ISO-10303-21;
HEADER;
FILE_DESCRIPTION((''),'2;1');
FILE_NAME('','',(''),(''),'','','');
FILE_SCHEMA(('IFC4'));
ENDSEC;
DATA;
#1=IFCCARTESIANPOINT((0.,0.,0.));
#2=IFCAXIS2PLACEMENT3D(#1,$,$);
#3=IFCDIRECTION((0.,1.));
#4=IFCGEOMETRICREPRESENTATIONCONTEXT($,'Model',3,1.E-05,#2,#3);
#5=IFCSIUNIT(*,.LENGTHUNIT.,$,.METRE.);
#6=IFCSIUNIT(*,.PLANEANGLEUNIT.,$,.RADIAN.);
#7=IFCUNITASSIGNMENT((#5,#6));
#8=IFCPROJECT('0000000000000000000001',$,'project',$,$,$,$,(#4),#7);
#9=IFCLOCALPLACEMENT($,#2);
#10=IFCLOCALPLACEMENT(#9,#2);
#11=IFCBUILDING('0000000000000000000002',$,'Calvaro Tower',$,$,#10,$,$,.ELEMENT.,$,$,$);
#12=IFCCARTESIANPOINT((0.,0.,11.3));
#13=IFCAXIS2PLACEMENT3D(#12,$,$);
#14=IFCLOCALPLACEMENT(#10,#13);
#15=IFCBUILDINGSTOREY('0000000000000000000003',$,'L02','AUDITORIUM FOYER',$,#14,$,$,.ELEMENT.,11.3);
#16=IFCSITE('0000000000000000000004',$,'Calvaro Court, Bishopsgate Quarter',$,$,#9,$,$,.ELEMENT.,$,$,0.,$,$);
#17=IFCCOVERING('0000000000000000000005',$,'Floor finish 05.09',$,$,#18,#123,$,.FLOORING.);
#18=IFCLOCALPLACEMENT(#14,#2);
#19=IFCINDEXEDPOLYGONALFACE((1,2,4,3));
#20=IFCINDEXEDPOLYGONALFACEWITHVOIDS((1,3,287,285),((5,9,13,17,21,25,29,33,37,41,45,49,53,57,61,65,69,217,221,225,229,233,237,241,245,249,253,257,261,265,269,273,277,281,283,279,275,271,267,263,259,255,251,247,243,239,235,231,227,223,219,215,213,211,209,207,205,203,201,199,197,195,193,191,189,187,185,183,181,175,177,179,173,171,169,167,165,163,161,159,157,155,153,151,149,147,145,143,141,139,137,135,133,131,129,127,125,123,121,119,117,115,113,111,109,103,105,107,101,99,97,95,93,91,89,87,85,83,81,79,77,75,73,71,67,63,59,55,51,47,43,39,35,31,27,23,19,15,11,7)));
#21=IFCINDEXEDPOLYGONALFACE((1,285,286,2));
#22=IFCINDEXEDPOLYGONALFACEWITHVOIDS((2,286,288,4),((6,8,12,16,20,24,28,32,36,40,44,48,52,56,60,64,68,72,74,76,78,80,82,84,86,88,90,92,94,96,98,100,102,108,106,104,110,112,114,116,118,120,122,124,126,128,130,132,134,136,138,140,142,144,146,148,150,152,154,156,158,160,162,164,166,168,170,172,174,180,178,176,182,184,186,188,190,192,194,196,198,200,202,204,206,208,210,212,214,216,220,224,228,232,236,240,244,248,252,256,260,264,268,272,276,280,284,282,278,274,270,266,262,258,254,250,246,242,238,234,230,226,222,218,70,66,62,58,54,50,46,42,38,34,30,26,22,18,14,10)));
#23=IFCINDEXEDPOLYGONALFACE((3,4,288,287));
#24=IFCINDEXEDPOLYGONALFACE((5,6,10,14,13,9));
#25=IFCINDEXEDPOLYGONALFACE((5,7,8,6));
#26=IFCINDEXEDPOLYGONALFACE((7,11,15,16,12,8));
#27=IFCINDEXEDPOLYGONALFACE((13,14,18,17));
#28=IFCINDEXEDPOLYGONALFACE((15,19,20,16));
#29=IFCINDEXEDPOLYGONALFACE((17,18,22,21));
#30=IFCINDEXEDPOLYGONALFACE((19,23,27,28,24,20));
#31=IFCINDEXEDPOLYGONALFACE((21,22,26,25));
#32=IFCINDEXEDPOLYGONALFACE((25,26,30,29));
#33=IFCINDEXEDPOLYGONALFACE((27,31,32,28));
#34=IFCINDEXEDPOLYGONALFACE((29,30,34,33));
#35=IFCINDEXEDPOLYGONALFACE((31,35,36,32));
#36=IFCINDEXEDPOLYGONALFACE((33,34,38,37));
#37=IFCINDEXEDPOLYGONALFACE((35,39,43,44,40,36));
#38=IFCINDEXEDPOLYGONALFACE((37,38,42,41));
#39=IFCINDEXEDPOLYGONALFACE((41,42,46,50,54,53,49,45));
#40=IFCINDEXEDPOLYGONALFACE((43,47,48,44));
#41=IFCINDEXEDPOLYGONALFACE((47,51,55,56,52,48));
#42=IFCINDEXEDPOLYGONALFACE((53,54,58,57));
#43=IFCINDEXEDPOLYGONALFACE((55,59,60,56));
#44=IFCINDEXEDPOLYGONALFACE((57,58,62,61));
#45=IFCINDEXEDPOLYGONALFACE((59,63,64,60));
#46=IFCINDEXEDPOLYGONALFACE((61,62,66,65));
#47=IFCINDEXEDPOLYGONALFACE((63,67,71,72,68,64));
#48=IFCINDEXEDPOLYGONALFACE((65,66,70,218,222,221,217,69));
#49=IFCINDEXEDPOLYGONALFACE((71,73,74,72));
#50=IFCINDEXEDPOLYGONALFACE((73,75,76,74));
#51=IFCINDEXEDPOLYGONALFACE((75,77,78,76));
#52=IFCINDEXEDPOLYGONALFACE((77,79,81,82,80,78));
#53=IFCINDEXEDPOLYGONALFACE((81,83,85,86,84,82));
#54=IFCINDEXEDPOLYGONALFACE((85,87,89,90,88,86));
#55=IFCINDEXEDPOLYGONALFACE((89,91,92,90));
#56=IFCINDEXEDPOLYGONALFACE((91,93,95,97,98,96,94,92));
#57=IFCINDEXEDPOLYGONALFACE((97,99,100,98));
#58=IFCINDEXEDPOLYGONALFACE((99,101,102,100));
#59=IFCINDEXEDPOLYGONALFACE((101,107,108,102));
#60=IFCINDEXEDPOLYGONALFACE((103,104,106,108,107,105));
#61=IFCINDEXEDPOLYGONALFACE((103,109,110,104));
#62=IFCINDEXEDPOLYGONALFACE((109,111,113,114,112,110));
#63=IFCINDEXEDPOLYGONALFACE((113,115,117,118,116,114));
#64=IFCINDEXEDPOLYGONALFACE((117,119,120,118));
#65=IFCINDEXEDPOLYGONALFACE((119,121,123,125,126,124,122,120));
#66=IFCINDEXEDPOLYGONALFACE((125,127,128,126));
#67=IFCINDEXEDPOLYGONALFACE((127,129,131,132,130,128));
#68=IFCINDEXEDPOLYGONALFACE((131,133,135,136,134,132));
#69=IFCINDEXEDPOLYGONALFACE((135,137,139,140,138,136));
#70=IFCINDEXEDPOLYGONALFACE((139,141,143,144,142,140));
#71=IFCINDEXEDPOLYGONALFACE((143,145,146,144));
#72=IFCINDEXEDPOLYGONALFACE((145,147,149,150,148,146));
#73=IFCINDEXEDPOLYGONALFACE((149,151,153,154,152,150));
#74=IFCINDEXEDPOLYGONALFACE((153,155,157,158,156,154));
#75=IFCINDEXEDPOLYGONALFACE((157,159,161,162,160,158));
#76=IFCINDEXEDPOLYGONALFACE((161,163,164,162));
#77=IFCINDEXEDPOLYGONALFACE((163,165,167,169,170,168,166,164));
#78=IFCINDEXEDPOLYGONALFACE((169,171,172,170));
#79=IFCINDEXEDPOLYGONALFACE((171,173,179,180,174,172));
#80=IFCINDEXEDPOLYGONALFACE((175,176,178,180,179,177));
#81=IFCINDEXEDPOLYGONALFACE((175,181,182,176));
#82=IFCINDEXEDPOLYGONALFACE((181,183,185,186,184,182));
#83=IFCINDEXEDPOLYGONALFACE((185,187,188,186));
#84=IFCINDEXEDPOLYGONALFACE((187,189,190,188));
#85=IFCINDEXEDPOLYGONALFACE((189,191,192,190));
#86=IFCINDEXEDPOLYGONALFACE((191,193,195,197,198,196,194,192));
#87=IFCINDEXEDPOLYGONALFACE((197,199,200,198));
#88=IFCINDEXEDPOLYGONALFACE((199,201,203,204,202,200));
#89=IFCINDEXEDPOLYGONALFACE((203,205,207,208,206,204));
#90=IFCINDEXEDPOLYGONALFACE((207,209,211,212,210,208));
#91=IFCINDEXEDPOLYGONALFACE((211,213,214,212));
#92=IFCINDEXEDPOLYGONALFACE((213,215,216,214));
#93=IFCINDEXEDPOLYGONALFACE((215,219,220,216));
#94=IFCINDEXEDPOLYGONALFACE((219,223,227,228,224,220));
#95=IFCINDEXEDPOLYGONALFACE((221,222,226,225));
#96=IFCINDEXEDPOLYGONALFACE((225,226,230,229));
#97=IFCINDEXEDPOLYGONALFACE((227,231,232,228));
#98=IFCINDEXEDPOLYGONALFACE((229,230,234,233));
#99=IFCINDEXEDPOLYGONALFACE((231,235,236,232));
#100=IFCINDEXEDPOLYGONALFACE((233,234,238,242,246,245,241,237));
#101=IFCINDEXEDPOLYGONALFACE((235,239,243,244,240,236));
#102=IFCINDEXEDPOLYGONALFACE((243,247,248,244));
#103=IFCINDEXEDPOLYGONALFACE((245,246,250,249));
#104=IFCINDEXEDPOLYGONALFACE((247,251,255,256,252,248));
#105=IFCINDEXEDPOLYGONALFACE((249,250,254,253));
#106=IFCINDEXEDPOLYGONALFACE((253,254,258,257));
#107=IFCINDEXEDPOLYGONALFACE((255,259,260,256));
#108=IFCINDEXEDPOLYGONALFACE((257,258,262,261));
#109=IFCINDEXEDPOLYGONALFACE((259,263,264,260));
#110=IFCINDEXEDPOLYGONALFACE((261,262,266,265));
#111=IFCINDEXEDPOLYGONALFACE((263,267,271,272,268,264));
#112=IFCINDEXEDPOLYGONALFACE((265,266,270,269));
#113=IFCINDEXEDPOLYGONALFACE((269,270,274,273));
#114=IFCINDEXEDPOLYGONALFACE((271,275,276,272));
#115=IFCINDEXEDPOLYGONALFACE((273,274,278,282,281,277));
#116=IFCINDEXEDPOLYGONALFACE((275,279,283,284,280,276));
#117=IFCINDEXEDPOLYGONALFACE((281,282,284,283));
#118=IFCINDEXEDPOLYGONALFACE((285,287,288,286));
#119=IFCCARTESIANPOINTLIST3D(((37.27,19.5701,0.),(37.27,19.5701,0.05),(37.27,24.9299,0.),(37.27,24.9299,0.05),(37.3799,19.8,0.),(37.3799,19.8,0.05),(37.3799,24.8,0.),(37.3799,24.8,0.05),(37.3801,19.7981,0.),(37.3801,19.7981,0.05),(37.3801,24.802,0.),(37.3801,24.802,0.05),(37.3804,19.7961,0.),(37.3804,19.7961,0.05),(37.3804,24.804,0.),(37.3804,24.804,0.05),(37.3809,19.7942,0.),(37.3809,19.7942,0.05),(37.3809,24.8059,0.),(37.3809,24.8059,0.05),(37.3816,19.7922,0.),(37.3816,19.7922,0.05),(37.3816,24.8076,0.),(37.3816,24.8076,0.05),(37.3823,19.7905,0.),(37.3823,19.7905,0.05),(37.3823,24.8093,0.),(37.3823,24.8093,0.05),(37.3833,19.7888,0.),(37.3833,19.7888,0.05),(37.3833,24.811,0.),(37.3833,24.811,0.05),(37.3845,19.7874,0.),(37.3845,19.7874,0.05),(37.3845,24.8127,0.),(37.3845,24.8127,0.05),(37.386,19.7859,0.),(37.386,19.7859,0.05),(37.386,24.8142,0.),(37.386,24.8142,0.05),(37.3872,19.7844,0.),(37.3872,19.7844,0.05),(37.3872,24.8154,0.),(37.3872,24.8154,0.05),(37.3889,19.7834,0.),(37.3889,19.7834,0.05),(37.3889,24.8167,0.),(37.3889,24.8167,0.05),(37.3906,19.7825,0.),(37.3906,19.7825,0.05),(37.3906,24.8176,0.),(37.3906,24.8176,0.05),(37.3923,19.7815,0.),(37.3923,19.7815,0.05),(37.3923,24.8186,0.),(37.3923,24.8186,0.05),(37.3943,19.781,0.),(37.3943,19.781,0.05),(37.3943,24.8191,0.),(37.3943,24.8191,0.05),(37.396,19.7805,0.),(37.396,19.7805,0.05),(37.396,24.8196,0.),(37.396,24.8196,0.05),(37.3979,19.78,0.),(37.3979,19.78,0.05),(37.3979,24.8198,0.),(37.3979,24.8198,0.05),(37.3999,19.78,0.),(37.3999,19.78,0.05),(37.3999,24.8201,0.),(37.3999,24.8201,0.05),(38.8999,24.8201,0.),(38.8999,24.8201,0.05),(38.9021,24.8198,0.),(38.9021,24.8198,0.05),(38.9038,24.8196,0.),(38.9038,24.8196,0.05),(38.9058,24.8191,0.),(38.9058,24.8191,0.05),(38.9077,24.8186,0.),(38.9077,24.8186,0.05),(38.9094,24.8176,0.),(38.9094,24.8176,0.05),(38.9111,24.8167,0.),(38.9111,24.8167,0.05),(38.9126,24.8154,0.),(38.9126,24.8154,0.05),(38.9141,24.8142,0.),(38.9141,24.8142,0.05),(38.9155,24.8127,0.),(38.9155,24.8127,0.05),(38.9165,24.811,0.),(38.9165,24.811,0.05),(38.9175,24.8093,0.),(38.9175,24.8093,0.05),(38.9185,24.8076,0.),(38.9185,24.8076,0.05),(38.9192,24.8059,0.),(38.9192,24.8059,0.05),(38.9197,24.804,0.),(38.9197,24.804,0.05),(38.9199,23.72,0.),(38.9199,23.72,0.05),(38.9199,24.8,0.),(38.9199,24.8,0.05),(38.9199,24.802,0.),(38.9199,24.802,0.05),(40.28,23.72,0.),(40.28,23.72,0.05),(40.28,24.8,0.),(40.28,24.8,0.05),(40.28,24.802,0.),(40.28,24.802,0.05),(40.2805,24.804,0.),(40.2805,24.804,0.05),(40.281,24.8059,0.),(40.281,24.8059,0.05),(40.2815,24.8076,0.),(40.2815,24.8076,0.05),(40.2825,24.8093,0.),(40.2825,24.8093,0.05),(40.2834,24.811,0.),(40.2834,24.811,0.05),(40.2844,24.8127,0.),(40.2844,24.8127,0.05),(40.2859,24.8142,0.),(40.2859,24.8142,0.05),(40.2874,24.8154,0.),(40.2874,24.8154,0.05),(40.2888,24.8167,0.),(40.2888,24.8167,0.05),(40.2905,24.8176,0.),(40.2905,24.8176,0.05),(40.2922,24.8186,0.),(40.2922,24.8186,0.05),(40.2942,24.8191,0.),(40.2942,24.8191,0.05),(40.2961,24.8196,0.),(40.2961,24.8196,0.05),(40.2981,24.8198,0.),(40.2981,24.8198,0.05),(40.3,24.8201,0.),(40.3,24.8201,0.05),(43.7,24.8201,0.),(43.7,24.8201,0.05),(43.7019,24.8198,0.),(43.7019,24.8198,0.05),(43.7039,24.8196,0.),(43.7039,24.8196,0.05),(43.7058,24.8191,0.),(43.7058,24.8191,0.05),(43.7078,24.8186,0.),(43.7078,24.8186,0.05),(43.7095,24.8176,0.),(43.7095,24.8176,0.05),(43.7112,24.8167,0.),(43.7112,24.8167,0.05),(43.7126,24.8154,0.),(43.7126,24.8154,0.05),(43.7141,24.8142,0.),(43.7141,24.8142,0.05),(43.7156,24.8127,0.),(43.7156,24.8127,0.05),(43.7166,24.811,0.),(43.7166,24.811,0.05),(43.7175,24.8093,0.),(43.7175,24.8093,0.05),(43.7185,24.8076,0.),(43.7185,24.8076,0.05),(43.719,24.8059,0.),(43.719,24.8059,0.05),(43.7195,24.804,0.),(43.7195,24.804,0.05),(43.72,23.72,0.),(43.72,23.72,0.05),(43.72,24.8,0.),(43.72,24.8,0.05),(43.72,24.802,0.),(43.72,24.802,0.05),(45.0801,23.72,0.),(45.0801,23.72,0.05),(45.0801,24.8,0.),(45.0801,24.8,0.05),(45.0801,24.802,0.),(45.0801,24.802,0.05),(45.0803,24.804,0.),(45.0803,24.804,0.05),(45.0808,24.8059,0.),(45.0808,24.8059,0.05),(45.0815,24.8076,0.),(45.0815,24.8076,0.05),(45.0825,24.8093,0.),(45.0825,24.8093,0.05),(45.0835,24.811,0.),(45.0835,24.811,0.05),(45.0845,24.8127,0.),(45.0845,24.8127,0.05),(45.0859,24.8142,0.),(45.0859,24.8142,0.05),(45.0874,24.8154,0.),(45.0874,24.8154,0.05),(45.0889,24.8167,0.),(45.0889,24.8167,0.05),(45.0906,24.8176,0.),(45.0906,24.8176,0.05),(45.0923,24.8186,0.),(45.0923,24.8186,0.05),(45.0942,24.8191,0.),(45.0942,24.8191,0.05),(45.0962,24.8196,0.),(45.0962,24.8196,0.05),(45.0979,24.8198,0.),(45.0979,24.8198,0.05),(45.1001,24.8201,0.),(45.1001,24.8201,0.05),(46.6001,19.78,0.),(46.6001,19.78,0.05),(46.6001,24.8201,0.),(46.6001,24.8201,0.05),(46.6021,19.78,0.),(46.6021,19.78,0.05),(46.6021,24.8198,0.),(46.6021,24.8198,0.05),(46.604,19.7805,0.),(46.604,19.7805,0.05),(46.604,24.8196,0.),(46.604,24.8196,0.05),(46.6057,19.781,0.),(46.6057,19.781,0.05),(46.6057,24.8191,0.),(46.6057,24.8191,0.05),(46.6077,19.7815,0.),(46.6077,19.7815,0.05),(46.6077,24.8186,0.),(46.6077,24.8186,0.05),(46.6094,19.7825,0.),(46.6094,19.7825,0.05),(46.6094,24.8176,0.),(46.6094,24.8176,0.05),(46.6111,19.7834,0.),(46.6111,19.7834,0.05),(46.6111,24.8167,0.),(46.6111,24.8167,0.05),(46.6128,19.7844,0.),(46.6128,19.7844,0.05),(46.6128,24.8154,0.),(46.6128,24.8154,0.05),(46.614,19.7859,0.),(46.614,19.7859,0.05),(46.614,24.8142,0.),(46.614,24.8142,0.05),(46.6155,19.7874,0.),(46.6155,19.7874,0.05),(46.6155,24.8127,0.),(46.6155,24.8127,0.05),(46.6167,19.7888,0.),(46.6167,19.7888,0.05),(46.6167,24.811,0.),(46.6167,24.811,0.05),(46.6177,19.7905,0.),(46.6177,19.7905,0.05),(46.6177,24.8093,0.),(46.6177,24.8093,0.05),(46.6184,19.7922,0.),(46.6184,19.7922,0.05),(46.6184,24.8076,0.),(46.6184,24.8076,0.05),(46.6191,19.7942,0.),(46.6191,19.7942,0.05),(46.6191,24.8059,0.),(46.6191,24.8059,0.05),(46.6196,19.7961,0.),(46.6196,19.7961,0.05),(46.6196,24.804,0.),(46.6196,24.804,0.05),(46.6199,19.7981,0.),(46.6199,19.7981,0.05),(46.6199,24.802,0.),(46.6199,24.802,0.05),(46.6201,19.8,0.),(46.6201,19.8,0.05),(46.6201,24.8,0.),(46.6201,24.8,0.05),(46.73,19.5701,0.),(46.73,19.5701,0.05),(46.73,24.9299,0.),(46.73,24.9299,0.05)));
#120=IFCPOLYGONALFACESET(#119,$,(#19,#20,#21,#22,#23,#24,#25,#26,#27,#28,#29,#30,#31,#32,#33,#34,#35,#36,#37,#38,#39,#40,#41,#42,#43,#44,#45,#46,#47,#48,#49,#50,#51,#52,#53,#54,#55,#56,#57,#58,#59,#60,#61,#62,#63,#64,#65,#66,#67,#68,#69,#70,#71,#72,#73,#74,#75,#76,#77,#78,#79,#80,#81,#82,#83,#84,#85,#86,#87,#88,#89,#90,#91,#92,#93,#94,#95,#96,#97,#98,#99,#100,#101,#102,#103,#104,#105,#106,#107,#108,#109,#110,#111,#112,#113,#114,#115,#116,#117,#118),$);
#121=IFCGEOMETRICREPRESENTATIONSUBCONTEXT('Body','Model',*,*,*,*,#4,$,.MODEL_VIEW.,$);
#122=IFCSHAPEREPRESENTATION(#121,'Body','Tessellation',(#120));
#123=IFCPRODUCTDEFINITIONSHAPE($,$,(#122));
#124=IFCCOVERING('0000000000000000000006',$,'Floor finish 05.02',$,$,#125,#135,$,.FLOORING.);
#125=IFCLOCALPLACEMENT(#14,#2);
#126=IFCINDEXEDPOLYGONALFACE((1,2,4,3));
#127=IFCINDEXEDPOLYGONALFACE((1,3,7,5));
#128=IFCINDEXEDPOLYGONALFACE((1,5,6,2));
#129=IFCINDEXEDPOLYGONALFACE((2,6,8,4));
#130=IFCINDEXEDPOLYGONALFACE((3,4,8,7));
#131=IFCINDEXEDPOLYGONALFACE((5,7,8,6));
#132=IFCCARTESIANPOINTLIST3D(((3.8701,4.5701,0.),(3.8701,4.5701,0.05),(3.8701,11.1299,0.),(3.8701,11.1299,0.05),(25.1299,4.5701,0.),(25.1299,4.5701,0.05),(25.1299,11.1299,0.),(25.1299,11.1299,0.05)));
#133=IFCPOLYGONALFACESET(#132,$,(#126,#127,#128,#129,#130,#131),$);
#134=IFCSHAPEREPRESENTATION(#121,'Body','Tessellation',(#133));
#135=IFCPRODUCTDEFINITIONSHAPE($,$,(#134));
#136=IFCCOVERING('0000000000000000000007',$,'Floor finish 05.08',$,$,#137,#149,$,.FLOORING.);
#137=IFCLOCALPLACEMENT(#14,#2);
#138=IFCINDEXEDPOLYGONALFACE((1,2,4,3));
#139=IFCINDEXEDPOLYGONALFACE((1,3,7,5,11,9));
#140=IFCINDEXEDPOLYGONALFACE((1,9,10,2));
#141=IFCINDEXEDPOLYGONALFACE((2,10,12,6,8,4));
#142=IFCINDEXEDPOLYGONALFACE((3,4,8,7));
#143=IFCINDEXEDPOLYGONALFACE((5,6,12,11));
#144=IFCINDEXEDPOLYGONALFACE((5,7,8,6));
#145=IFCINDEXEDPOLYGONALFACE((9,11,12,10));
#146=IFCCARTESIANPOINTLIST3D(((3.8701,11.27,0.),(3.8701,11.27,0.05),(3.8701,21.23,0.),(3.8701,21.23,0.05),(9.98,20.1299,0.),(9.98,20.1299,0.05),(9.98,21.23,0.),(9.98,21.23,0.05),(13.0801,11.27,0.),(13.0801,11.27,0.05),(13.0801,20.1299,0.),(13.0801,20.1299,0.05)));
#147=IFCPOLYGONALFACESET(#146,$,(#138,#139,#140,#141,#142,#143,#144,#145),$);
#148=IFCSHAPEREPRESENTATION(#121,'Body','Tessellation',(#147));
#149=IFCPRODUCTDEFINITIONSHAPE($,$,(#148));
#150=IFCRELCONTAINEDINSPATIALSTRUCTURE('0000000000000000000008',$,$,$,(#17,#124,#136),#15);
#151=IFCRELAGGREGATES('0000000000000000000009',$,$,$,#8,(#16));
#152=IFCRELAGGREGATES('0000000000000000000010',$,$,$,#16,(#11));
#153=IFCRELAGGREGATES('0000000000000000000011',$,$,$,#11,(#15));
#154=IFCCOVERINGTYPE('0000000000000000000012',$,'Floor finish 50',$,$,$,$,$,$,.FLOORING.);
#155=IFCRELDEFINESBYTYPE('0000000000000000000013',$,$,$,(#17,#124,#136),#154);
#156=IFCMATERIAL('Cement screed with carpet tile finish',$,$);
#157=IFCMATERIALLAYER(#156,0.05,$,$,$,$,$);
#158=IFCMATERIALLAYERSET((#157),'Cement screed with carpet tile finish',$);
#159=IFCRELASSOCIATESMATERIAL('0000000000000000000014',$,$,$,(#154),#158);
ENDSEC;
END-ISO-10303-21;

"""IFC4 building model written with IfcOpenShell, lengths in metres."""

from ifc_helpers import new_model, si_unit, direction, frame, origin, place, context, subcontext, project, spatial, polyline, outline, extrude, material, layer, layer_set, type_object, element, save


model = new_model("IFC4")

# Units and contexts
model_context = context("Model", 3, precision=1e-05, world=origin(), true_north=direction((0.0, 1.0)))
body_context = subcontext(model_context, "Body", "Model", "MODEL_VIEW")
ifc_project = project(units=[si_unit("LENGTHUNIT", "METRE"), si_unit("PLANEANGLEUNIT", "RADIAN")], contexts=[model_context])

# Site, building, storey
site_placement = place(None, origin())
site = spatial("IfcSite", under=ifc_project, at=site_placement, Name="Calvaro Court, Bishopsgate Quarter", CompositionType="ELEMENT", RefElevation=0.0)
building_placement = place(site_placement, origin())
building = spatial("IfcBuilding", under=site, at=building_placement, Name="Calvaro Tower", CompositionType="ELEMENT")
storey_placement = place(building_placement, frame((0.0, 0.0, 11.3)))
storey = spatial("IfcBuildingStorey", under=building, at=storey_placement, Name="L02", Description="AUDITORIUM FOYER", CompositionType="ELEMENT", Elevation=11.3)

# Coverings
ifc_material_1 = material(Name="Cement screed with carpet tile finish")
ifc_layer_1 = layer(ifc_material_1, 0.05)
ifc_layer_set_1 = layer_set([ifc_layer_1], Name="Cement screed with carpet tile finish")
covering_type = type_object("IfcCoveringType", Name="Floor finish 50", PredefinedType="FLOORING", material=ifc_layer_set_1)
covering_1_placement = place(storey_placement, origin())
element("IfcCovering", 1, at=covering_1_placement, inside=storey, type_object=covering_type, Name="Floor finish 05.09", PredefinedType="FLOORING", context=body_context, shape_type="SweptSolid", body=[
    extrude(outline(polyline([(37.27, 24.9299), (46.73, 24.9299), (46.73, 19.5701), (37.27, 19.5701), (37.27, 24.9299)]), holes=[polyline([(38.9199, 23.72), (38.9199, 24.8), (38.9199, 24.802), (38.9197, 24.804), (38.9192, 24.8059), (38.9185, 24.8076), (38.9175, 24.8093), (38.9165, 24.811), (38.9155, 24.8127), (38.9141, 24.8142), (38.9126, 24.8154), (38.9111, 24.8167), (38.9094, 24.8176), (38.9077, 24.8186), (38.9058, 24.8191), (38.9038, 24.8196), (38.9021, 24.8198), (38.8999, 24.8201), (37.3999, 24.8201), (37.3979, 24.8198), (37.396, 24.8196), (37.3943, 24.8191), (37.3923, 24.8186), (37.3906, 24.8176), (37.3889, 24.8167), (37.3872, 24.8154), (37.386, 24.8142), (37.3845, 24.8127), (37.3833, 24.811), (37.3823, 24.8093), (37.3816, 24.8076), (37.3809, 24.8059), (37.3804, 24.804), (37.3801, 24.802), (37.3799, 24.8), (37.3799, 19.8), (37.3801, 19.7981), (37.3804, 19.7961), (37.3809, 19.7942), (37.3816, 19.7922), (37.3823, 19.7905), (37.3833, 19.7888), (37.3845, 19.7874), (37.386, 19.7859), (37.3872, 19.7844), (37.3889, 19.7834), (37.3906, 19.7825), (37.3923, 19.7815), (37.3943, 19.781), (37.396, 19.7805), (37.3979, 19.78), (37.3999, 19.78), (46.6001, 19.78), (46.6021, 19.78), (46.604, 19.7805), (46.6057, 19.781), (46.6077, 19.7815), (46.6094, 19.7825), (46.6111, 19.7834), (46.6128, 19.7844), (46.614, 19.7859), (46.6155, 19.7874), (46.6167, 19.7888), (46.6177, 19.7905), (46.6184, 19.7922), (46.6191, 19.7942), (46.6196, 19.7961), (46.6199, 19.7981), (46.6201, 19.8), (46.6201, 24.8), (46.6199, 24.802), (46.6196, 24.804), (46.6191, 24.8059), (46.6184, 24.8076), (46.6177, 24.8093), (46.6167, 24.811), (46.6155, 24.8127), (46.614, 24.8142), (46.6128, 24.8154), (46.6111, 24.8167), (46.6094, 24.8176), (46.6077, 24.8186), (46.6057, 24.8191), (46.604, 24.8196), (46.6021, 24.8198), (46.6001, 24.8201), (45.1001, 24.8201), (45.0979, 24.8198), (45.0962, 24.8196), (45.0942, 24.8191), (45.0923, 24.8186), (45.0906, 24.8176), (45.0889, 24.8167), (45.0874, 24.8154), (45.0859, 24.8142), (45.0845, 24.8127), (45.0835, 24.811), (45.0825, 24.8093), (45.0815, 24.8076), (45.0808, 24.8059), (45.0803, 24.804), (45.0801, 24.802), (45.0801, 24.8), (45.0801, 23.72), (43.72, 23.72), (43.72, 24.8), (43.72, 24.802), (43.7195, 24.804), (43.719, 24.8059), (43.7185, 24.8076), (43.7175, 24.8093), (43.7166, 24.811), (43.7156, 24.8127), (43.7141, 24.8142), (43.7126, 24.8154), (43.7112, 24.8167), (43.7095, 24.8176), (43.7078, 24.8186), (43.7058, 24.8191), (43.7039, 24.8196), (43.7019, 24.8198), (43.7, 24.8201), (40.3, 24.8201), (40.2981, 24.8198), (40.2961, 24.8196), (40.2942, 24.8191), (40.2922, 24.8186), (40.2905, 24.8176), (40.2888, 24.8167), (40.2874, 24.8154), (40.2859, 24.8142), (40.2844, 24.8127), (40.2834, 24.811), (40.2825, 24.8093), (40.2815, 24.8076), (40.281, 24.8059), (40.2805, 24.804), (40.28, 24.802), (40.28, 24.8), (40.28, 23.72), (38.9199, 23.72)])]), origin(), (0.0, 0.0, 1.0), 0.05),
])
covering_2_placement = place(storey_placement, origin())
element("IfcCovering", 2, at=covering_2_placement, inside=storey, type_object=covering_type, Name="Floor finish 05.02", PredefinedType="FLOORING", context=body_context, shape_type="SweptSolid", body=[
    extrude(outline(polyline([(25.1299, 11.1299), (25.1299, 4.5701), (3.8701, 4.5701), (3.8701, 11.1299), (25.1299, 11.1299)])), origin(), (0.0, 0.0, 1.0), 0.05),
])
covering_3_placement = place(storey_placement, origin())
element("IfcCovering", 3, at=covering_3_placement, inside=storey, type_object=covering_type, Name="Floor finish 05.08", PredefinedType="FLOORING", context=body_context, shape_type="SweptSolid", body=[
    extrude(outline(polyline([(9.98, 21.23), (9.98, 20.1299), (13.0801, 20.1299), (13.0801, 11.27), (3.8701, 11.27), (3.8701, 21.23), (9.98, 21.23)])), origin(), (0.0, 0.0, 1.0), 0.05),
])

save(model, "model.ifc")
